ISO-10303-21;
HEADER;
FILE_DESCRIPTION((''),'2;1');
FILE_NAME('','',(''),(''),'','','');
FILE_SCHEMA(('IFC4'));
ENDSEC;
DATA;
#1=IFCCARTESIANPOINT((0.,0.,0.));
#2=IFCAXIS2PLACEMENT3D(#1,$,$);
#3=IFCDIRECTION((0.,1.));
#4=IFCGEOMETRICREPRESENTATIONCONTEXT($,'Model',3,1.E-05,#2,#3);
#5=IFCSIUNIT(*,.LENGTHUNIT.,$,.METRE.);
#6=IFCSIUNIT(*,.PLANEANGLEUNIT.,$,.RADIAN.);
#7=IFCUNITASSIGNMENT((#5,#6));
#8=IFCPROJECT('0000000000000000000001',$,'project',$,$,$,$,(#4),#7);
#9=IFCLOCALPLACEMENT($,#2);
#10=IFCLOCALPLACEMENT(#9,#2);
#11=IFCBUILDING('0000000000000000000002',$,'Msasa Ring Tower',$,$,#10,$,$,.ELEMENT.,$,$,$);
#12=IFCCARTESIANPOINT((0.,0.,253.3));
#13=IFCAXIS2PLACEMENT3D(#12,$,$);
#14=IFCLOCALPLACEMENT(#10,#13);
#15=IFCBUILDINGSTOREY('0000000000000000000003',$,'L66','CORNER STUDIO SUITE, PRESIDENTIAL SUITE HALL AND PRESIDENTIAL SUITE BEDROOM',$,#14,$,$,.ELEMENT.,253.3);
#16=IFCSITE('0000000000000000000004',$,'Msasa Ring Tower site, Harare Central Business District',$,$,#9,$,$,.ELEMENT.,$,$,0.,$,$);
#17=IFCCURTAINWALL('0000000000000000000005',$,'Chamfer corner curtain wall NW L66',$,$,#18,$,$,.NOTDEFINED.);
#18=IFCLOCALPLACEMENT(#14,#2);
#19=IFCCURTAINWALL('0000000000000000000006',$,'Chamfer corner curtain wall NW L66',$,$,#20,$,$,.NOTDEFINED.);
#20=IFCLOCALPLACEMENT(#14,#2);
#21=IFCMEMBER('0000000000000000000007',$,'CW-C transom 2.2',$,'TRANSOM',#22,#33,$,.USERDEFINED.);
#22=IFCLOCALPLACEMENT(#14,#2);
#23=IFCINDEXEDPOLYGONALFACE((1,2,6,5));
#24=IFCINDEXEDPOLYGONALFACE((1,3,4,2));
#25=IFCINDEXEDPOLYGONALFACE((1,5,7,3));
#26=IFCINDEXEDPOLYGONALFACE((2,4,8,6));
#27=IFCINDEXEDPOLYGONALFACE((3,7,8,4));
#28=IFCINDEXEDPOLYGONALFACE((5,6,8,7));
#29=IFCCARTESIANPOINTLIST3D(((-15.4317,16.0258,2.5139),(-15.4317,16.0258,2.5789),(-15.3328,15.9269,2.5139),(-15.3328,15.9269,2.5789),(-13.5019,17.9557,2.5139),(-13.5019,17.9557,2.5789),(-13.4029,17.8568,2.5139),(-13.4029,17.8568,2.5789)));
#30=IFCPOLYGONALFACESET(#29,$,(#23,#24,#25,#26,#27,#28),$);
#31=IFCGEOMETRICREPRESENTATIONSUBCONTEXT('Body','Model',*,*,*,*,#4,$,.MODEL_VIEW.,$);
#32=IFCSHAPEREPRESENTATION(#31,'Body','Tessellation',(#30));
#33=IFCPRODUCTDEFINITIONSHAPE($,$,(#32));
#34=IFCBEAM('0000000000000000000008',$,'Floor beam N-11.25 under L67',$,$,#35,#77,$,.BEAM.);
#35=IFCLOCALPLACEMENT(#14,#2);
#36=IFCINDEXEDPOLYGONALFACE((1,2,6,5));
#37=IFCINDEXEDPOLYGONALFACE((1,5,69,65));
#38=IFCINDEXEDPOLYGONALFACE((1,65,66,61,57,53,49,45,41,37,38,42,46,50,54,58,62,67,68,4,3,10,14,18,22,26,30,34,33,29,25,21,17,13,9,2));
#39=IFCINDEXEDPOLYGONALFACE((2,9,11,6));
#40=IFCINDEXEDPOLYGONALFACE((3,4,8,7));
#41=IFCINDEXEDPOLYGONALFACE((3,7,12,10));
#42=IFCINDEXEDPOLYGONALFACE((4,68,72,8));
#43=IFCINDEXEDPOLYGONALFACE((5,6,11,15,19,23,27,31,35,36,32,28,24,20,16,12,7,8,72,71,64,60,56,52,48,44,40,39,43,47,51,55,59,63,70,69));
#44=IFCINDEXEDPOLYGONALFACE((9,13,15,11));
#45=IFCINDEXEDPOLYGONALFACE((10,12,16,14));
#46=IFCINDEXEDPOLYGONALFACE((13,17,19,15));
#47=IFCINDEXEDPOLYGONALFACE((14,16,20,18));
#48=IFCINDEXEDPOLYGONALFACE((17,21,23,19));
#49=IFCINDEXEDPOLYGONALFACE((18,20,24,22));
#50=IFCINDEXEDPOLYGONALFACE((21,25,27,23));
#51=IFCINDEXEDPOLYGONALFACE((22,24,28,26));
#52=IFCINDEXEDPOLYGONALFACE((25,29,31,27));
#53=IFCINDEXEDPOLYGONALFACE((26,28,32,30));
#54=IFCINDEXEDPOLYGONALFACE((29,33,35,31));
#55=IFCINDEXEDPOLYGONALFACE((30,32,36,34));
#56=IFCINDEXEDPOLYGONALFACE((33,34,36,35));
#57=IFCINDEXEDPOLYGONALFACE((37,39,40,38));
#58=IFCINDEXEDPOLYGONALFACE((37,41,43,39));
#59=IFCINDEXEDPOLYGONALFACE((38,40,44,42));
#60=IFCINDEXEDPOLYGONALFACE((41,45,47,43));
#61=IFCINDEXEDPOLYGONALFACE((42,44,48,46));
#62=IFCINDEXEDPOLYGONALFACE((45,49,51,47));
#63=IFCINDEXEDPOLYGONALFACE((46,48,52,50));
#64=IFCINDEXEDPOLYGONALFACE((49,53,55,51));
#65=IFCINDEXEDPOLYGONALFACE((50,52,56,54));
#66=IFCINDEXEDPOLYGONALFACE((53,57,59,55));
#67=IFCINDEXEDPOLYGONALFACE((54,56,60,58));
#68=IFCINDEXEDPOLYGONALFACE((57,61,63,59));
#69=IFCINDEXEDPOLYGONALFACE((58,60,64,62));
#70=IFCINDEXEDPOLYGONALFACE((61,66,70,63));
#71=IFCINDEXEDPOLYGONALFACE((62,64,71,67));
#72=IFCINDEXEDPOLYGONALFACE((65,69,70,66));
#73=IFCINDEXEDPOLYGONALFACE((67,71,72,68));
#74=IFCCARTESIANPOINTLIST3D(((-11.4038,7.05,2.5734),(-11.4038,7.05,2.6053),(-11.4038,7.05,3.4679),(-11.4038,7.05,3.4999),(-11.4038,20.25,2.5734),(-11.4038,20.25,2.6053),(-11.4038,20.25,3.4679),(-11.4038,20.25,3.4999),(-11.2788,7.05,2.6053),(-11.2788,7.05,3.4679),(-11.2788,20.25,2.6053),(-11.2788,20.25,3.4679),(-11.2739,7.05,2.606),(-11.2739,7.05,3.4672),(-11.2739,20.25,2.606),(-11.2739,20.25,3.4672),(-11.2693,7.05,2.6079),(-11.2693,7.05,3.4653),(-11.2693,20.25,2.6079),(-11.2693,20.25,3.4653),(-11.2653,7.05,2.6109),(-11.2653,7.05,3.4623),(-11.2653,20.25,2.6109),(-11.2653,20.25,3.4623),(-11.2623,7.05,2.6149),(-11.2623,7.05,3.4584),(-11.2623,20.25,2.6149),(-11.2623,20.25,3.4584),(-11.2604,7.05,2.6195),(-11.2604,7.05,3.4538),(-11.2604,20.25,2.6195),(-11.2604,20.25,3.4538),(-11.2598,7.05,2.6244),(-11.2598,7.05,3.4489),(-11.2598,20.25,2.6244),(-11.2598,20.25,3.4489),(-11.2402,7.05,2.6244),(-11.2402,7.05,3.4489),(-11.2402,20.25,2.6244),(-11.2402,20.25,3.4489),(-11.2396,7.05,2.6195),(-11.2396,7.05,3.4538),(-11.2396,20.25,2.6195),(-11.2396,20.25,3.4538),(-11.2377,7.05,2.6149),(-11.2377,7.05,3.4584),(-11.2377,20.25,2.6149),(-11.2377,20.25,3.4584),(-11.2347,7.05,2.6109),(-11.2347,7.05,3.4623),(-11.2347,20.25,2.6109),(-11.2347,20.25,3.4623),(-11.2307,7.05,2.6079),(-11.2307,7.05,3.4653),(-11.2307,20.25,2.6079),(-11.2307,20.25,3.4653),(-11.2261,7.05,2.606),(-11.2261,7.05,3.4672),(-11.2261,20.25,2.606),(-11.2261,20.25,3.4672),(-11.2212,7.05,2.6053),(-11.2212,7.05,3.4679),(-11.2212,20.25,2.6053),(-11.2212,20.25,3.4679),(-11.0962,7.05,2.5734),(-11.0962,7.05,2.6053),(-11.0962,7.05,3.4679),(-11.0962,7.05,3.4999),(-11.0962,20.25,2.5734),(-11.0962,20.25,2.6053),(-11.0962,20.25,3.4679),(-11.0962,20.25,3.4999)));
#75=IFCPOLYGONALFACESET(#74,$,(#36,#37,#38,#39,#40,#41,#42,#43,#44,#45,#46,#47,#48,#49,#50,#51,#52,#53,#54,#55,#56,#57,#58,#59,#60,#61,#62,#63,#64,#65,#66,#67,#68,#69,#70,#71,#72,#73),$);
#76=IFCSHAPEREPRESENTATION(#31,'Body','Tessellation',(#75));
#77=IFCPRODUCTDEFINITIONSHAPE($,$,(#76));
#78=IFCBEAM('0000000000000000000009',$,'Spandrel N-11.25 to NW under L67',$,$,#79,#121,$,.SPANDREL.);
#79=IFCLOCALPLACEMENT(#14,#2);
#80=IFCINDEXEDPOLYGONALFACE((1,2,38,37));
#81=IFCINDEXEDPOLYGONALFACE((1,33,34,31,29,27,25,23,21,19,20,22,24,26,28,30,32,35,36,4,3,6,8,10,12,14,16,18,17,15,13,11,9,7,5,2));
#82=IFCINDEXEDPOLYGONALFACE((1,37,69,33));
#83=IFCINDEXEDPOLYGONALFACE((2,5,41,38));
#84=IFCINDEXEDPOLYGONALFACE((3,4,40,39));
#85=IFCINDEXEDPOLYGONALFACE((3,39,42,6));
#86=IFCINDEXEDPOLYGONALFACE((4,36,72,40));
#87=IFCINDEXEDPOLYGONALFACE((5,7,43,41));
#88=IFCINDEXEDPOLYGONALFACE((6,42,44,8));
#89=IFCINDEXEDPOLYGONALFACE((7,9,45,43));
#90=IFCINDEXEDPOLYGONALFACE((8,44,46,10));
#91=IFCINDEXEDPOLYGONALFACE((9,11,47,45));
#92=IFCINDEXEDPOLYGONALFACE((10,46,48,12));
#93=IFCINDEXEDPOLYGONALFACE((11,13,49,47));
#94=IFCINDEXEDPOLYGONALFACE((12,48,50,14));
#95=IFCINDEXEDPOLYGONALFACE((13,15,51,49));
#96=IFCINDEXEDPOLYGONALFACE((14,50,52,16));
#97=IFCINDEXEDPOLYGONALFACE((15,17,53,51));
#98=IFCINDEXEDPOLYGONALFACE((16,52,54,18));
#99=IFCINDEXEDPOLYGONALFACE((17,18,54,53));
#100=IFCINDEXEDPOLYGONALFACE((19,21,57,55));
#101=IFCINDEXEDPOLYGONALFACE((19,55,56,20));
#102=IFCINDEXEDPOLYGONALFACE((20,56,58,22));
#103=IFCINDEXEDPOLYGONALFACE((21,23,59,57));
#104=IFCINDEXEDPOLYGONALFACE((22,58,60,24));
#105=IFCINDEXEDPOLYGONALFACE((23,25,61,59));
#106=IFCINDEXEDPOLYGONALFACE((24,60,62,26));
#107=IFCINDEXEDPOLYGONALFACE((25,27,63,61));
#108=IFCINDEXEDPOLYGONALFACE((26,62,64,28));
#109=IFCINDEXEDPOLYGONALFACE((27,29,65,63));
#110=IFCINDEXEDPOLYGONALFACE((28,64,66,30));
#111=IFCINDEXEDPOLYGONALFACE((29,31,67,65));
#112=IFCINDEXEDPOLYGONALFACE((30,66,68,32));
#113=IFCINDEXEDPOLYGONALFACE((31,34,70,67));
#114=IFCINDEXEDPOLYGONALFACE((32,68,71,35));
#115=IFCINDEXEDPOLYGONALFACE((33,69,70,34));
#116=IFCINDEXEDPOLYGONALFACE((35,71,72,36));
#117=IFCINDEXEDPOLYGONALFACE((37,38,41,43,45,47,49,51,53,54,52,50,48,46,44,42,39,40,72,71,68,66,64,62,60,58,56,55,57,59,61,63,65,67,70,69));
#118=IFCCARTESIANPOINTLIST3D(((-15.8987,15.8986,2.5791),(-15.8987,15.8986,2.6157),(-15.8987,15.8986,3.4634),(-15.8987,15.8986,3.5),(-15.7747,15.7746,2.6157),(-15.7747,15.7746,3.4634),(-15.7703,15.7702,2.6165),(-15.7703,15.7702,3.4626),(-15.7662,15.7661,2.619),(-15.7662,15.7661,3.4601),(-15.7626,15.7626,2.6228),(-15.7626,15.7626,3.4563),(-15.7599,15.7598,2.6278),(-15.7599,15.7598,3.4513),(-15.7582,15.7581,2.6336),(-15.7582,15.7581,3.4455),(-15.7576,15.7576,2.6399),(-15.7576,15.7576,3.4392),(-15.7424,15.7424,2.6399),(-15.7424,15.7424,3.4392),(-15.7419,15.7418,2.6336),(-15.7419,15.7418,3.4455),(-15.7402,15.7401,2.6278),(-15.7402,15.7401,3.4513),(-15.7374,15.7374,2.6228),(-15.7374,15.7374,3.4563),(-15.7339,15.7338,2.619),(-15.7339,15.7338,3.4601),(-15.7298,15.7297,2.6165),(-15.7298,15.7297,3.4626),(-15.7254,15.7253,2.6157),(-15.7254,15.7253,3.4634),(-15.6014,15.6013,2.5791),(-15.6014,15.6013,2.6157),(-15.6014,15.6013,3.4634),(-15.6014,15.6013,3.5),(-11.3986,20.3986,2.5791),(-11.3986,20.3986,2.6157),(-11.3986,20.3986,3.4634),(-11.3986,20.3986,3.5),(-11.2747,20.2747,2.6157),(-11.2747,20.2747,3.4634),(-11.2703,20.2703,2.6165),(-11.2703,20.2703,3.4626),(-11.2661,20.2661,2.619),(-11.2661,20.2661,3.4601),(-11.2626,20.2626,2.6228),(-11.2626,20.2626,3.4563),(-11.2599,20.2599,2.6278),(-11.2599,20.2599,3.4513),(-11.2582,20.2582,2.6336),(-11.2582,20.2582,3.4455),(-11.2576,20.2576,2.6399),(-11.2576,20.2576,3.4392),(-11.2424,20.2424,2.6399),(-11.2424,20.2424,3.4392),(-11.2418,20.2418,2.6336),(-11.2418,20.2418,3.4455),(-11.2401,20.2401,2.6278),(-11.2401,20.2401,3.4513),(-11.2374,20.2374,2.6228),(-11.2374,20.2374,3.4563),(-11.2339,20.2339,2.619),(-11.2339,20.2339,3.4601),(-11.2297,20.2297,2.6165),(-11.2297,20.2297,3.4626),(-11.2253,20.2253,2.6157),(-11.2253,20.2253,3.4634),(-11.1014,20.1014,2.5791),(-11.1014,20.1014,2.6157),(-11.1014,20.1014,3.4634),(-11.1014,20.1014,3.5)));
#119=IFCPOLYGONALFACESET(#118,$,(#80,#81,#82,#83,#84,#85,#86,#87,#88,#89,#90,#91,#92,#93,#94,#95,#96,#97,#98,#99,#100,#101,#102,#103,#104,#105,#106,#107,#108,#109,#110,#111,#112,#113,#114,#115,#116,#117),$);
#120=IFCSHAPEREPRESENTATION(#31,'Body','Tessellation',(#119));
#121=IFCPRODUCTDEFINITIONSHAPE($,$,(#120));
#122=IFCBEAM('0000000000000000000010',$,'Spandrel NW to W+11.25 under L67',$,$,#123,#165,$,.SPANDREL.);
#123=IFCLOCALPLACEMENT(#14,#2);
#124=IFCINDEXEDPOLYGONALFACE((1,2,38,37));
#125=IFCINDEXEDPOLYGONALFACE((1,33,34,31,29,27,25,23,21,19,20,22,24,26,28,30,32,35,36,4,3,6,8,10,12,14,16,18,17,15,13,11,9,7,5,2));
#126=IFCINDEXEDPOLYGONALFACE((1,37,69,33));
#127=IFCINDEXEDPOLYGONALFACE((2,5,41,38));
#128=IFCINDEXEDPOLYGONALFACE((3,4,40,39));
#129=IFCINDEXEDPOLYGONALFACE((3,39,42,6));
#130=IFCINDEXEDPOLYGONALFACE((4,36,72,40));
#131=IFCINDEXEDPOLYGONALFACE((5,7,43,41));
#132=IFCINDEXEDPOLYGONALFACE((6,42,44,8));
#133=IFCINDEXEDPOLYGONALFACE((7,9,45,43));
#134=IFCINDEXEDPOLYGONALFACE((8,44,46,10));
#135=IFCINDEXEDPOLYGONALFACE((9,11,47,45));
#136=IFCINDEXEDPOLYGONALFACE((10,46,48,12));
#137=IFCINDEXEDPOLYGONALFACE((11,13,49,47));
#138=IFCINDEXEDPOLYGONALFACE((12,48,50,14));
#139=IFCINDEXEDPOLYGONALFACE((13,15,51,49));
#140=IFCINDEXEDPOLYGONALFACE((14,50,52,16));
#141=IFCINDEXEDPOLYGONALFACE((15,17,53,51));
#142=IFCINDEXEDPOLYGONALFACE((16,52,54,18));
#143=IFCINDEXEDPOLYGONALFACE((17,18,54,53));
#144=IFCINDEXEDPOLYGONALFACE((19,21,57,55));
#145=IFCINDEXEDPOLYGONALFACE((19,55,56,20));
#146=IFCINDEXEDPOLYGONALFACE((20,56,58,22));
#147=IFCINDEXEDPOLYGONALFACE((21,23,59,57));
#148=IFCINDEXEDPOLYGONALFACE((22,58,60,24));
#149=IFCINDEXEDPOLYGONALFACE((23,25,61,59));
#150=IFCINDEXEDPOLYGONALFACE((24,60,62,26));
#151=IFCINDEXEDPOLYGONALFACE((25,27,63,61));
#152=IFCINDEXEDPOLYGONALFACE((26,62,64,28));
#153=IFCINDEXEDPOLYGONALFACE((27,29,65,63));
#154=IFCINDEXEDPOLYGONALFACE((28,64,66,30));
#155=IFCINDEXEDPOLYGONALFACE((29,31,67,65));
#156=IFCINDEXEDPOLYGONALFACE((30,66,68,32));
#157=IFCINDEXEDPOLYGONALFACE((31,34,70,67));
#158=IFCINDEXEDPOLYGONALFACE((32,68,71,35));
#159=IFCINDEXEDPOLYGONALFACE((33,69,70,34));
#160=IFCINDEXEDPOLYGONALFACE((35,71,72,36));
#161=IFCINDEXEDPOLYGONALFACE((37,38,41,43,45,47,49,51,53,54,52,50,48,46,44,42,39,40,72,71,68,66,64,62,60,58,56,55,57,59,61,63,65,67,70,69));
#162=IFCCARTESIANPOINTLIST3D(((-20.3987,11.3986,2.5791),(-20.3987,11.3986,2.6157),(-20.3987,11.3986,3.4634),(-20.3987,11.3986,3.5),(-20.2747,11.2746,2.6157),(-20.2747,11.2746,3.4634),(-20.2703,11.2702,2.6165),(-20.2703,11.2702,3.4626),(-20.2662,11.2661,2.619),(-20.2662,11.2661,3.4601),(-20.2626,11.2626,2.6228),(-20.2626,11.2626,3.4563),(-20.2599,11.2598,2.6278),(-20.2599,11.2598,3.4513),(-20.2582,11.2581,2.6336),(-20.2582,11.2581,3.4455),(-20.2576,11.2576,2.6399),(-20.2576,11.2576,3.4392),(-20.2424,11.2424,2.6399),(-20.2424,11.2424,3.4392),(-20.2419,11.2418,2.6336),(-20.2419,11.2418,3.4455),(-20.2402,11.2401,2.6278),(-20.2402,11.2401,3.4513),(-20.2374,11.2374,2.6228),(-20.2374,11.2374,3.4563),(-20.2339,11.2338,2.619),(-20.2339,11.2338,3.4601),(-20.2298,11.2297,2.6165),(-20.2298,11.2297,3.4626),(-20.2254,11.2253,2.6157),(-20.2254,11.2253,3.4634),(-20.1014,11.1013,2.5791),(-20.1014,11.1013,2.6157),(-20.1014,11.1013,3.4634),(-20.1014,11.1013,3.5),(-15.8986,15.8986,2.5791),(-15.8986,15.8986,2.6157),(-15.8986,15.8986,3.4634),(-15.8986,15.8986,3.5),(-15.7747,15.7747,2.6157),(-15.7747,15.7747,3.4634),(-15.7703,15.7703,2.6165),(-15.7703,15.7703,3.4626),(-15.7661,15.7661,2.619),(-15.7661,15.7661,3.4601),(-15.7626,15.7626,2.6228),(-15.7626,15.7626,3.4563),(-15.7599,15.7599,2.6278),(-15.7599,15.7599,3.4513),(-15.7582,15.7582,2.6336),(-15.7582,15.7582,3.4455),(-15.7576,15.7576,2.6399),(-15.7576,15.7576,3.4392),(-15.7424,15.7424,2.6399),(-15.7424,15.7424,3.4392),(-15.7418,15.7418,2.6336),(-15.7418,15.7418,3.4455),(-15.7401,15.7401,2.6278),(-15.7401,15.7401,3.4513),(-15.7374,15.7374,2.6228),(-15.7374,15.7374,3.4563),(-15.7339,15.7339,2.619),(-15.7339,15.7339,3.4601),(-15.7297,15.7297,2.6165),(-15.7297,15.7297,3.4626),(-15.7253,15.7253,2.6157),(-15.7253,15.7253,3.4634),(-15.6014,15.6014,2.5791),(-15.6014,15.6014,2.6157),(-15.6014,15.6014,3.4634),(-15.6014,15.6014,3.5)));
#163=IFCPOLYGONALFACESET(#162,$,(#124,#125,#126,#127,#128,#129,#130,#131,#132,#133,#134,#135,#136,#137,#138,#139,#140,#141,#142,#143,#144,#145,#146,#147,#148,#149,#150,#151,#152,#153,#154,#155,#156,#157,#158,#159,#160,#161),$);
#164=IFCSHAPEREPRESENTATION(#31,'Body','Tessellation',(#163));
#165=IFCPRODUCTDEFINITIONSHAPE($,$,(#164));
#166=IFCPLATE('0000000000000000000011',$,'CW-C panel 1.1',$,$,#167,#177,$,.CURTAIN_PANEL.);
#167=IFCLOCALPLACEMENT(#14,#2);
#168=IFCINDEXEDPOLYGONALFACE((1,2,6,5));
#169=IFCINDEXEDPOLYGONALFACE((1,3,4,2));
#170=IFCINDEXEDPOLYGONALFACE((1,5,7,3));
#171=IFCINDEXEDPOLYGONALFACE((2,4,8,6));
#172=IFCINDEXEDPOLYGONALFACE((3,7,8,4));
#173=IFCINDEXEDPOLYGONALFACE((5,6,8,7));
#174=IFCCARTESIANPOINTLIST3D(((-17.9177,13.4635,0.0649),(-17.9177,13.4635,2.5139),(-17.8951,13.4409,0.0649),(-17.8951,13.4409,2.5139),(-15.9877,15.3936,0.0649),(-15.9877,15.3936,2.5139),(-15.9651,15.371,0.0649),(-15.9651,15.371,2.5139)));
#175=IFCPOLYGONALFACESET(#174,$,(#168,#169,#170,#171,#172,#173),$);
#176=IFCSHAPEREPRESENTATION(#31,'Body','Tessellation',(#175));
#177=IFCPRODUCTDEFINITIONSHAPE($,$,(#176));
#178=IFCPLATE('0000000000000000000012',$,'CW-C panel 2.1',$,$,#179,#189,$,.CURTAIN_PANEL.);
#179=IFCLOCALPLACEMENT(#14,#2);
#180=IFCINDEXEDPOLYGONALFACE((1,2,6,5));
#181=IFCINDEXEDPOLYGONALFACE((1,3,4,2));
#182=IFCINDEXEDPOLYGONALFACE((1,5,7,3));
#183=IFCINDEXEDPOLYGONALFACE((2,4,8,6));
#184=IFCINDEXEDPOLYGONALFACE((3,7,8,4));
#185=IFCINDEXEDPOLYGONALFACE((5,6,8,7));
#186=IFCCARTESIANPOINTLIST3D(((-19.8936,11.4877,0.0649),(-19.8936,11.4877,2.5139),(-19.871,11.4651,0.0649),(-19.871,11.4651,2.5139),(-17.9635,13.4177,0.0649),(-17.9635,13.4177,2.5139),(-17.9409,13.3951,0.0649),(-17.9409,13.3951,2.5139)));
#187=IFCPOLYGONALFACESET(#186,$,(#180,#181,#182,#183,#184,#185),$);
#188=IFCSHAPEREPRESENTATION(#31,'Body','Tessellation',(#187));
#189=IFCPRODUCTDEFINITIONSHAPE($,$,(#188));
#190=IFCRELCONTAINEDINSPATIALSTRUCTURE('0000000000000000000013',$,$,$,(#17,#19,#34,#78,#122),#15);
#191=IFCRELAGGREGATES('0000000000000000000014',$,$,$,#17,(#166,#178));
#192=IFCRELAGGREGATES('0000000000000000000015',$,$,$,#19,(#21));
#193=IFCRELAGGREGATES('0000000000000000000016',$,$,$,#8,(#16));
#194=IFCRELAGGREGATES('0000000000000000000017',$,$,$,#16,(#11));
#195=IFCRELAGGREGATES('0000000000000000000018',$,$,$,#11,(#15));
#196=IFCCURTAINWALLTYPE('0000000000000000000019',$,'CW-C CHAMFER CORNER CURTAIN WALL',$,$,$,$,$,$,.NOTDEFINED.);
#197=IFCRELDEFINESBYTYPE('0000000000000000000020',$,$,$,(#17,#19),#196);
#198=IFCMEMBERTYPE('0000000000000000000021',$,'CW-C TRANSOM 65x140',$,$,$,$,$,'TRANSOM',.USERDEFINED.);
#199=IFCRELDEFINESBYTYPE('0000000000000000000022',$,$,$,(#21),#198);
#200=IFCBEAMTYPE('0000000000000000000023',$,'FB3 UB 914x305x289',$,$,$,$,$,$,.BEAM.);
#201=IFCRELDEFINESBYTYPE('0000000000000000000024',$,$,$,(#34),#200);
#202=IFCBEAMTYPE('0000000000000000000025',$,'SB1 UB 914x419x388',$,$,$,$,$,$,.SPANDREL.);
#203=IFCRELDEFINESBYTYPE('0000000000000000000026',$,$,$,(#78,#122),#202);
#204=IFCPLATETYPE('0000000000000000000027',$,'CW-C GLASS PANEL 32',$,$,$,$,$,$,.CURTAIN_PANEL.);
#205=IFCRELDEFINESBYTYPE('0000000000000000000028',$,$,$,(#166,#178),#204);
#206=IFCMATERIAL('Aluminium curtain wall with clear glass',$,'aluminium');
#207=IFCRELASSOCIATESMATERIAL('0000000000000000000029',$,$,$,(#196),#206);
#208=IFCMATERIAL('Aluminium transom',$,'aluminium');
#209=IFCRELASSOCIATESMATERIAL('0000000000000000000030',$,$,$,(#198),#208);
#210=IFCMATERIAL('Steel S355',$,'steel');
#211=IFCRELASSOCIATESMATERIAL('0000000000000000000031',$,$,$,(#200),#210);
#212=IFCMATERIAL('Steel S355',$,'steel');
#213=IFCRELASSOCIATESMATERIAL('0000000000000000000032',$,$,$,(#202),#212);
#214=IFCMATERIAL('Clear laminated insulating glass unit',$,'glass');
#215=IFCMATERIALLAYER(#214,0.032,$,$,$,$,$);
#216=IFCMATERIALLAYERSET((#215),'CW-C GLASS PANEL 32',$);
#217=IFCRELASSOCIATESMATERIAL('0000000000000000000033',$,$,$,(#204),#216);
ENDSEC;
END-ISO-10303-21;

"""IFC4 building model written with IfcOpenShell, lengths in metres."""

from ifc_helpers import new_model, si_unit, direction, frame, origin, origin_2d, place, context, subcontext, project, spatial, rectangle, i_section, extrude, material, layer, layer_set, material_profile, profile_set, type_object, element, aggregate, save


model = new_model("IFC4")

# Units and contexts
model_context = context("Model", 3, precision=1e-05, world=origin(), true_north=direction((0.0, 1.0)))
body_context = subcontext(model_context, "Body", "Model", "MODEL_VIEW")
ifc_project = project(units=[si_unit("LENGTHUNIT", "METRE"), si_unit("PLANEANGLEUNIT", "RADIAN")], contexts=[model_context])

# Site, building, storey
site_placement = place(None, origin())
site = spatial("IfcSite", under=ifc_project, at=site_placement, Name="Msasa Ring Tower site, Harare Central Business District", CompositionType="ELEMENT", RefElevation=0.0)
building_placement = place(site_placement, origin())
building = spatial("IfcBuilding", under=site, at=building_placement, Name="Msasa Ring Tower", CompositionType="ELEMENT")
storey_placement = place(building_placement, frame((0.0, 0.0, 253.3)))
storey = spatial("IfcBuildingStorey", under=building, at=storey_placement, Name="L66", Description="CORNER STUDIO SUITE, PRESIDENTIAL SUITE HALL AND PRESIDENTIAL SUITE BEDROOM", CompositionType="ELEMENT", Elevation=253.3)

# Curtain walls
ifc_material_1 = material(Name="Aluminium curtain wall with clear glass", Category="aluminium")
curtain_wall_type = type_object("IfcCurtainWallType", Name="CW-C CHAMFER CORNER CURTAIN WALL", PredefinedType="NOTDEFINED", material=ifc_material_1)
curtain_wall_1_placement = place(storey_placement, origin())
curtain_wall_1 = element("IfcCurtainWall", 1, at=curtain_wall_1_placement, inside=storey, type_object=curtain_wall_type, Name="Chamfer corner curtain wall NW L66", PredefinedType="NOTDEFINED")
curtain_wall_2_placement = place(storey_placement, origin())
curtain_wall_2 = element("IfcCurtainWall", 2, at=curtain_wall_2_placement, inside=storey, type_object=curtain_wall_type, Name="Chamfer corner curtain wall NW L66", PredefinedType="NOTDEFINED")

# Member
ifc_material_2 = material(Name="Aluminium transom", Category="aluminium")
ifc_material_profile_1 = material_profile(ifc_material_2, rectangle(XDim=0.1399, YDim=0.0649, at=origin_2d()), Name="AL 65x140")
ifc_profile_set_1 = profile_set([ifc_material_profile_1], Name="Aluminium transom")
member_type_1 = type_object("IfcMemberType", Name="CW-C TRANSOM 65x140", ElementType="TRANSOM", PredefinedType="USERDEFINED", material=ifc_profile_set_1)
member_1_placement = place(storey_placement, frame((-13.4524, 17.9062, 2.5464), z_axis=(-0.707107, -0.707107, 0.0), x_axis=(0.707107, -0.707107, 0.0)))
member_1 = element("IfcMember", 3, at=member_1_placement, type_object=member_type_1, Name="CW-C transom 2.2", ObjectType="TRANSOM", PredefinedType="USERDEFINED", context=body_context, shape_type="SweptSolid", body=[
    extrude(rectangle(XDim=0.1399, YDim=0.0649, at=origin_2d()), origin(), (0.0, 0.0, 1.0), 2.7292),
])

# Beams
ifc_material_3 = material(Name="Steel S355", Category="steel")
ifc_material_profile_2 = material_profile(ifc_material_3, i_section(OverallWidth=0.3076, OverallDepth=0.9265, WebThickness=0.0195, FlangeThickness=0.032, FilletRadius=0.019, at=origin_2d()), Name="UB 914x305x289")
ifc_profile_set_2 = profile_set([ifc_material_profile_2], Name="Steel S355")
beam_type_1 = type_object("IfcBeamType", Name="FB3 UB 914x305x289", PredefinedType="BEAM", material=ifc_profile_set_2)
beam_placement = place(storey_placement, frame((-11.25, 20.25, 3.0366), z_axis=(0.0, -1.0, 0.0), x_axis=(1.0, 0.0, 0.0)))
element("IfcBeam", 4, at=beam_placement, inside=storey, type_object=beam_type_1, Name="Floor beam N-11.25 under L67", PredefinedType="BEAM", context=body_context, shape_type="SweptSolid", body=[
    extrude(i_section(OverallWidth=0.3076, OverallDepth=0.9265, WebThickness=0.0195, FlangeThickness=0.032, FilletRadius=0.019, at=origin_2d()), origin(), (0.0, 0.0, 1.0), 13.2),
])
ifc_material_4 = material(Name="Steel S355", Category="steel")
ifc_material_profile_3 = material_profile(ifc_material_4, i_section(OverallWidth=0.4204, OverallDepth=0.9209, WebThickness=0.0215, FlangeThickness=0.0366, FilletRadius=0.0242, at=origin_2d()), Name="UB 914x419x388")
ifc_profile_set_3 = profile_set([ifc_material_profile_3], Name="Steel S355")
beam_type_2 = type_object("IfcBeamType", Name="SB1 UB 914x419x388", PredefinedType="SPANDREL", material=ifc_profile_set_3)
for number, where, z_axis, x_axis, name in (
    (5, (-11.25, 20.25, 3.0396), (-0.707107, -0.707107, 0.0), (0.707107, -0.707107, 0.0), "Spandrel N-11.25 to NW under L67"),
    (6, (-15.75, 15.75, 3.0396), (-0.707107, -0.707107, 0.0), (0.707107, -0.707107, 0.0), "Spandrel NW to W+11.25 under L67"),
):
    element("IfcBeam", number, at=place(storey_placement, frame(where, z_axis=z_axis, x_axis=x_axis)), inside=storey, type_object=beam_type_2, Name=name, PredefinedType="SPANDREL", context=body_context, shape_type="SweptSolid", body=[
        extrude(i_section(OverallWidth=0.4204, OverallDepth=0.9209, WebThickness=0.0215, FlangeThickness=0.0366, FilletRadius=0.0242, at=origin_2d()), origin(), (0.0, 0.0, 1.0), 6.364),
    ])

# Plates
ifc_material_5 = material(Name="Clear laminated insulating glass unit", Category="glass")
ifc_layer_1 = layer(ifc_material_5, 0.032)
ifc_layer_set_1 = layer_set([ifc_layer_1], Name="CW-C GLASS PANEL 32")
plate_type = type_object("IfcPlateType", Name="CW-C GLASS PANEL 32", PredefinedType="CURTAIN_PANEL", material=ifc_layer_set_1)
plate_1_placement = place(storey_placement, frame((-16.9414, 14.4172, 0.0649), z_axis=(0.0, 0.0, 1.0), x_axis=(-0.707107, -0.707107, 0.0)))
plate_1 = element("IfcPlate", 7, at=plate_1_placement, type_object=plate_type, Name="CW-C panel 1.1", PredefinedType="CURTAIN_PANEL", context=body_context, shape_type="SweptSolid", body=[
    extrude(rectangle(XDim=2.7295, YDim=0.032, at=origin_2d()), origin(), (0.0, 0.0, 1.0), 2.449),
])
plate_2_placement = place(storey_placement, frame((-18.9172, 12.4414, 0.0649), z_axis=(0.0, 0.0, 1.0), x_axis=(-0.707107, -0.707107, 0.0)))
plate_2 = element("IfcPlate", 8, at=plate_2_placement, type_object=plate_type, Name="CW-C panel 2.1", PredefinedType="CURTAIN_PANEL", context=body_context, shape_type="SweptSolid", body=[
    extrude(rectangle(XDim=2.7295, YDim=0.032, at=origin_2d()), origin(), (0.0, 0.0, 1.0), 2.449),
])
aggregate(curtain_wall_1, [plate_1, plate_2])
aggregate(curtain_wall_2, [member_1])

save(model, "model.ifc")
